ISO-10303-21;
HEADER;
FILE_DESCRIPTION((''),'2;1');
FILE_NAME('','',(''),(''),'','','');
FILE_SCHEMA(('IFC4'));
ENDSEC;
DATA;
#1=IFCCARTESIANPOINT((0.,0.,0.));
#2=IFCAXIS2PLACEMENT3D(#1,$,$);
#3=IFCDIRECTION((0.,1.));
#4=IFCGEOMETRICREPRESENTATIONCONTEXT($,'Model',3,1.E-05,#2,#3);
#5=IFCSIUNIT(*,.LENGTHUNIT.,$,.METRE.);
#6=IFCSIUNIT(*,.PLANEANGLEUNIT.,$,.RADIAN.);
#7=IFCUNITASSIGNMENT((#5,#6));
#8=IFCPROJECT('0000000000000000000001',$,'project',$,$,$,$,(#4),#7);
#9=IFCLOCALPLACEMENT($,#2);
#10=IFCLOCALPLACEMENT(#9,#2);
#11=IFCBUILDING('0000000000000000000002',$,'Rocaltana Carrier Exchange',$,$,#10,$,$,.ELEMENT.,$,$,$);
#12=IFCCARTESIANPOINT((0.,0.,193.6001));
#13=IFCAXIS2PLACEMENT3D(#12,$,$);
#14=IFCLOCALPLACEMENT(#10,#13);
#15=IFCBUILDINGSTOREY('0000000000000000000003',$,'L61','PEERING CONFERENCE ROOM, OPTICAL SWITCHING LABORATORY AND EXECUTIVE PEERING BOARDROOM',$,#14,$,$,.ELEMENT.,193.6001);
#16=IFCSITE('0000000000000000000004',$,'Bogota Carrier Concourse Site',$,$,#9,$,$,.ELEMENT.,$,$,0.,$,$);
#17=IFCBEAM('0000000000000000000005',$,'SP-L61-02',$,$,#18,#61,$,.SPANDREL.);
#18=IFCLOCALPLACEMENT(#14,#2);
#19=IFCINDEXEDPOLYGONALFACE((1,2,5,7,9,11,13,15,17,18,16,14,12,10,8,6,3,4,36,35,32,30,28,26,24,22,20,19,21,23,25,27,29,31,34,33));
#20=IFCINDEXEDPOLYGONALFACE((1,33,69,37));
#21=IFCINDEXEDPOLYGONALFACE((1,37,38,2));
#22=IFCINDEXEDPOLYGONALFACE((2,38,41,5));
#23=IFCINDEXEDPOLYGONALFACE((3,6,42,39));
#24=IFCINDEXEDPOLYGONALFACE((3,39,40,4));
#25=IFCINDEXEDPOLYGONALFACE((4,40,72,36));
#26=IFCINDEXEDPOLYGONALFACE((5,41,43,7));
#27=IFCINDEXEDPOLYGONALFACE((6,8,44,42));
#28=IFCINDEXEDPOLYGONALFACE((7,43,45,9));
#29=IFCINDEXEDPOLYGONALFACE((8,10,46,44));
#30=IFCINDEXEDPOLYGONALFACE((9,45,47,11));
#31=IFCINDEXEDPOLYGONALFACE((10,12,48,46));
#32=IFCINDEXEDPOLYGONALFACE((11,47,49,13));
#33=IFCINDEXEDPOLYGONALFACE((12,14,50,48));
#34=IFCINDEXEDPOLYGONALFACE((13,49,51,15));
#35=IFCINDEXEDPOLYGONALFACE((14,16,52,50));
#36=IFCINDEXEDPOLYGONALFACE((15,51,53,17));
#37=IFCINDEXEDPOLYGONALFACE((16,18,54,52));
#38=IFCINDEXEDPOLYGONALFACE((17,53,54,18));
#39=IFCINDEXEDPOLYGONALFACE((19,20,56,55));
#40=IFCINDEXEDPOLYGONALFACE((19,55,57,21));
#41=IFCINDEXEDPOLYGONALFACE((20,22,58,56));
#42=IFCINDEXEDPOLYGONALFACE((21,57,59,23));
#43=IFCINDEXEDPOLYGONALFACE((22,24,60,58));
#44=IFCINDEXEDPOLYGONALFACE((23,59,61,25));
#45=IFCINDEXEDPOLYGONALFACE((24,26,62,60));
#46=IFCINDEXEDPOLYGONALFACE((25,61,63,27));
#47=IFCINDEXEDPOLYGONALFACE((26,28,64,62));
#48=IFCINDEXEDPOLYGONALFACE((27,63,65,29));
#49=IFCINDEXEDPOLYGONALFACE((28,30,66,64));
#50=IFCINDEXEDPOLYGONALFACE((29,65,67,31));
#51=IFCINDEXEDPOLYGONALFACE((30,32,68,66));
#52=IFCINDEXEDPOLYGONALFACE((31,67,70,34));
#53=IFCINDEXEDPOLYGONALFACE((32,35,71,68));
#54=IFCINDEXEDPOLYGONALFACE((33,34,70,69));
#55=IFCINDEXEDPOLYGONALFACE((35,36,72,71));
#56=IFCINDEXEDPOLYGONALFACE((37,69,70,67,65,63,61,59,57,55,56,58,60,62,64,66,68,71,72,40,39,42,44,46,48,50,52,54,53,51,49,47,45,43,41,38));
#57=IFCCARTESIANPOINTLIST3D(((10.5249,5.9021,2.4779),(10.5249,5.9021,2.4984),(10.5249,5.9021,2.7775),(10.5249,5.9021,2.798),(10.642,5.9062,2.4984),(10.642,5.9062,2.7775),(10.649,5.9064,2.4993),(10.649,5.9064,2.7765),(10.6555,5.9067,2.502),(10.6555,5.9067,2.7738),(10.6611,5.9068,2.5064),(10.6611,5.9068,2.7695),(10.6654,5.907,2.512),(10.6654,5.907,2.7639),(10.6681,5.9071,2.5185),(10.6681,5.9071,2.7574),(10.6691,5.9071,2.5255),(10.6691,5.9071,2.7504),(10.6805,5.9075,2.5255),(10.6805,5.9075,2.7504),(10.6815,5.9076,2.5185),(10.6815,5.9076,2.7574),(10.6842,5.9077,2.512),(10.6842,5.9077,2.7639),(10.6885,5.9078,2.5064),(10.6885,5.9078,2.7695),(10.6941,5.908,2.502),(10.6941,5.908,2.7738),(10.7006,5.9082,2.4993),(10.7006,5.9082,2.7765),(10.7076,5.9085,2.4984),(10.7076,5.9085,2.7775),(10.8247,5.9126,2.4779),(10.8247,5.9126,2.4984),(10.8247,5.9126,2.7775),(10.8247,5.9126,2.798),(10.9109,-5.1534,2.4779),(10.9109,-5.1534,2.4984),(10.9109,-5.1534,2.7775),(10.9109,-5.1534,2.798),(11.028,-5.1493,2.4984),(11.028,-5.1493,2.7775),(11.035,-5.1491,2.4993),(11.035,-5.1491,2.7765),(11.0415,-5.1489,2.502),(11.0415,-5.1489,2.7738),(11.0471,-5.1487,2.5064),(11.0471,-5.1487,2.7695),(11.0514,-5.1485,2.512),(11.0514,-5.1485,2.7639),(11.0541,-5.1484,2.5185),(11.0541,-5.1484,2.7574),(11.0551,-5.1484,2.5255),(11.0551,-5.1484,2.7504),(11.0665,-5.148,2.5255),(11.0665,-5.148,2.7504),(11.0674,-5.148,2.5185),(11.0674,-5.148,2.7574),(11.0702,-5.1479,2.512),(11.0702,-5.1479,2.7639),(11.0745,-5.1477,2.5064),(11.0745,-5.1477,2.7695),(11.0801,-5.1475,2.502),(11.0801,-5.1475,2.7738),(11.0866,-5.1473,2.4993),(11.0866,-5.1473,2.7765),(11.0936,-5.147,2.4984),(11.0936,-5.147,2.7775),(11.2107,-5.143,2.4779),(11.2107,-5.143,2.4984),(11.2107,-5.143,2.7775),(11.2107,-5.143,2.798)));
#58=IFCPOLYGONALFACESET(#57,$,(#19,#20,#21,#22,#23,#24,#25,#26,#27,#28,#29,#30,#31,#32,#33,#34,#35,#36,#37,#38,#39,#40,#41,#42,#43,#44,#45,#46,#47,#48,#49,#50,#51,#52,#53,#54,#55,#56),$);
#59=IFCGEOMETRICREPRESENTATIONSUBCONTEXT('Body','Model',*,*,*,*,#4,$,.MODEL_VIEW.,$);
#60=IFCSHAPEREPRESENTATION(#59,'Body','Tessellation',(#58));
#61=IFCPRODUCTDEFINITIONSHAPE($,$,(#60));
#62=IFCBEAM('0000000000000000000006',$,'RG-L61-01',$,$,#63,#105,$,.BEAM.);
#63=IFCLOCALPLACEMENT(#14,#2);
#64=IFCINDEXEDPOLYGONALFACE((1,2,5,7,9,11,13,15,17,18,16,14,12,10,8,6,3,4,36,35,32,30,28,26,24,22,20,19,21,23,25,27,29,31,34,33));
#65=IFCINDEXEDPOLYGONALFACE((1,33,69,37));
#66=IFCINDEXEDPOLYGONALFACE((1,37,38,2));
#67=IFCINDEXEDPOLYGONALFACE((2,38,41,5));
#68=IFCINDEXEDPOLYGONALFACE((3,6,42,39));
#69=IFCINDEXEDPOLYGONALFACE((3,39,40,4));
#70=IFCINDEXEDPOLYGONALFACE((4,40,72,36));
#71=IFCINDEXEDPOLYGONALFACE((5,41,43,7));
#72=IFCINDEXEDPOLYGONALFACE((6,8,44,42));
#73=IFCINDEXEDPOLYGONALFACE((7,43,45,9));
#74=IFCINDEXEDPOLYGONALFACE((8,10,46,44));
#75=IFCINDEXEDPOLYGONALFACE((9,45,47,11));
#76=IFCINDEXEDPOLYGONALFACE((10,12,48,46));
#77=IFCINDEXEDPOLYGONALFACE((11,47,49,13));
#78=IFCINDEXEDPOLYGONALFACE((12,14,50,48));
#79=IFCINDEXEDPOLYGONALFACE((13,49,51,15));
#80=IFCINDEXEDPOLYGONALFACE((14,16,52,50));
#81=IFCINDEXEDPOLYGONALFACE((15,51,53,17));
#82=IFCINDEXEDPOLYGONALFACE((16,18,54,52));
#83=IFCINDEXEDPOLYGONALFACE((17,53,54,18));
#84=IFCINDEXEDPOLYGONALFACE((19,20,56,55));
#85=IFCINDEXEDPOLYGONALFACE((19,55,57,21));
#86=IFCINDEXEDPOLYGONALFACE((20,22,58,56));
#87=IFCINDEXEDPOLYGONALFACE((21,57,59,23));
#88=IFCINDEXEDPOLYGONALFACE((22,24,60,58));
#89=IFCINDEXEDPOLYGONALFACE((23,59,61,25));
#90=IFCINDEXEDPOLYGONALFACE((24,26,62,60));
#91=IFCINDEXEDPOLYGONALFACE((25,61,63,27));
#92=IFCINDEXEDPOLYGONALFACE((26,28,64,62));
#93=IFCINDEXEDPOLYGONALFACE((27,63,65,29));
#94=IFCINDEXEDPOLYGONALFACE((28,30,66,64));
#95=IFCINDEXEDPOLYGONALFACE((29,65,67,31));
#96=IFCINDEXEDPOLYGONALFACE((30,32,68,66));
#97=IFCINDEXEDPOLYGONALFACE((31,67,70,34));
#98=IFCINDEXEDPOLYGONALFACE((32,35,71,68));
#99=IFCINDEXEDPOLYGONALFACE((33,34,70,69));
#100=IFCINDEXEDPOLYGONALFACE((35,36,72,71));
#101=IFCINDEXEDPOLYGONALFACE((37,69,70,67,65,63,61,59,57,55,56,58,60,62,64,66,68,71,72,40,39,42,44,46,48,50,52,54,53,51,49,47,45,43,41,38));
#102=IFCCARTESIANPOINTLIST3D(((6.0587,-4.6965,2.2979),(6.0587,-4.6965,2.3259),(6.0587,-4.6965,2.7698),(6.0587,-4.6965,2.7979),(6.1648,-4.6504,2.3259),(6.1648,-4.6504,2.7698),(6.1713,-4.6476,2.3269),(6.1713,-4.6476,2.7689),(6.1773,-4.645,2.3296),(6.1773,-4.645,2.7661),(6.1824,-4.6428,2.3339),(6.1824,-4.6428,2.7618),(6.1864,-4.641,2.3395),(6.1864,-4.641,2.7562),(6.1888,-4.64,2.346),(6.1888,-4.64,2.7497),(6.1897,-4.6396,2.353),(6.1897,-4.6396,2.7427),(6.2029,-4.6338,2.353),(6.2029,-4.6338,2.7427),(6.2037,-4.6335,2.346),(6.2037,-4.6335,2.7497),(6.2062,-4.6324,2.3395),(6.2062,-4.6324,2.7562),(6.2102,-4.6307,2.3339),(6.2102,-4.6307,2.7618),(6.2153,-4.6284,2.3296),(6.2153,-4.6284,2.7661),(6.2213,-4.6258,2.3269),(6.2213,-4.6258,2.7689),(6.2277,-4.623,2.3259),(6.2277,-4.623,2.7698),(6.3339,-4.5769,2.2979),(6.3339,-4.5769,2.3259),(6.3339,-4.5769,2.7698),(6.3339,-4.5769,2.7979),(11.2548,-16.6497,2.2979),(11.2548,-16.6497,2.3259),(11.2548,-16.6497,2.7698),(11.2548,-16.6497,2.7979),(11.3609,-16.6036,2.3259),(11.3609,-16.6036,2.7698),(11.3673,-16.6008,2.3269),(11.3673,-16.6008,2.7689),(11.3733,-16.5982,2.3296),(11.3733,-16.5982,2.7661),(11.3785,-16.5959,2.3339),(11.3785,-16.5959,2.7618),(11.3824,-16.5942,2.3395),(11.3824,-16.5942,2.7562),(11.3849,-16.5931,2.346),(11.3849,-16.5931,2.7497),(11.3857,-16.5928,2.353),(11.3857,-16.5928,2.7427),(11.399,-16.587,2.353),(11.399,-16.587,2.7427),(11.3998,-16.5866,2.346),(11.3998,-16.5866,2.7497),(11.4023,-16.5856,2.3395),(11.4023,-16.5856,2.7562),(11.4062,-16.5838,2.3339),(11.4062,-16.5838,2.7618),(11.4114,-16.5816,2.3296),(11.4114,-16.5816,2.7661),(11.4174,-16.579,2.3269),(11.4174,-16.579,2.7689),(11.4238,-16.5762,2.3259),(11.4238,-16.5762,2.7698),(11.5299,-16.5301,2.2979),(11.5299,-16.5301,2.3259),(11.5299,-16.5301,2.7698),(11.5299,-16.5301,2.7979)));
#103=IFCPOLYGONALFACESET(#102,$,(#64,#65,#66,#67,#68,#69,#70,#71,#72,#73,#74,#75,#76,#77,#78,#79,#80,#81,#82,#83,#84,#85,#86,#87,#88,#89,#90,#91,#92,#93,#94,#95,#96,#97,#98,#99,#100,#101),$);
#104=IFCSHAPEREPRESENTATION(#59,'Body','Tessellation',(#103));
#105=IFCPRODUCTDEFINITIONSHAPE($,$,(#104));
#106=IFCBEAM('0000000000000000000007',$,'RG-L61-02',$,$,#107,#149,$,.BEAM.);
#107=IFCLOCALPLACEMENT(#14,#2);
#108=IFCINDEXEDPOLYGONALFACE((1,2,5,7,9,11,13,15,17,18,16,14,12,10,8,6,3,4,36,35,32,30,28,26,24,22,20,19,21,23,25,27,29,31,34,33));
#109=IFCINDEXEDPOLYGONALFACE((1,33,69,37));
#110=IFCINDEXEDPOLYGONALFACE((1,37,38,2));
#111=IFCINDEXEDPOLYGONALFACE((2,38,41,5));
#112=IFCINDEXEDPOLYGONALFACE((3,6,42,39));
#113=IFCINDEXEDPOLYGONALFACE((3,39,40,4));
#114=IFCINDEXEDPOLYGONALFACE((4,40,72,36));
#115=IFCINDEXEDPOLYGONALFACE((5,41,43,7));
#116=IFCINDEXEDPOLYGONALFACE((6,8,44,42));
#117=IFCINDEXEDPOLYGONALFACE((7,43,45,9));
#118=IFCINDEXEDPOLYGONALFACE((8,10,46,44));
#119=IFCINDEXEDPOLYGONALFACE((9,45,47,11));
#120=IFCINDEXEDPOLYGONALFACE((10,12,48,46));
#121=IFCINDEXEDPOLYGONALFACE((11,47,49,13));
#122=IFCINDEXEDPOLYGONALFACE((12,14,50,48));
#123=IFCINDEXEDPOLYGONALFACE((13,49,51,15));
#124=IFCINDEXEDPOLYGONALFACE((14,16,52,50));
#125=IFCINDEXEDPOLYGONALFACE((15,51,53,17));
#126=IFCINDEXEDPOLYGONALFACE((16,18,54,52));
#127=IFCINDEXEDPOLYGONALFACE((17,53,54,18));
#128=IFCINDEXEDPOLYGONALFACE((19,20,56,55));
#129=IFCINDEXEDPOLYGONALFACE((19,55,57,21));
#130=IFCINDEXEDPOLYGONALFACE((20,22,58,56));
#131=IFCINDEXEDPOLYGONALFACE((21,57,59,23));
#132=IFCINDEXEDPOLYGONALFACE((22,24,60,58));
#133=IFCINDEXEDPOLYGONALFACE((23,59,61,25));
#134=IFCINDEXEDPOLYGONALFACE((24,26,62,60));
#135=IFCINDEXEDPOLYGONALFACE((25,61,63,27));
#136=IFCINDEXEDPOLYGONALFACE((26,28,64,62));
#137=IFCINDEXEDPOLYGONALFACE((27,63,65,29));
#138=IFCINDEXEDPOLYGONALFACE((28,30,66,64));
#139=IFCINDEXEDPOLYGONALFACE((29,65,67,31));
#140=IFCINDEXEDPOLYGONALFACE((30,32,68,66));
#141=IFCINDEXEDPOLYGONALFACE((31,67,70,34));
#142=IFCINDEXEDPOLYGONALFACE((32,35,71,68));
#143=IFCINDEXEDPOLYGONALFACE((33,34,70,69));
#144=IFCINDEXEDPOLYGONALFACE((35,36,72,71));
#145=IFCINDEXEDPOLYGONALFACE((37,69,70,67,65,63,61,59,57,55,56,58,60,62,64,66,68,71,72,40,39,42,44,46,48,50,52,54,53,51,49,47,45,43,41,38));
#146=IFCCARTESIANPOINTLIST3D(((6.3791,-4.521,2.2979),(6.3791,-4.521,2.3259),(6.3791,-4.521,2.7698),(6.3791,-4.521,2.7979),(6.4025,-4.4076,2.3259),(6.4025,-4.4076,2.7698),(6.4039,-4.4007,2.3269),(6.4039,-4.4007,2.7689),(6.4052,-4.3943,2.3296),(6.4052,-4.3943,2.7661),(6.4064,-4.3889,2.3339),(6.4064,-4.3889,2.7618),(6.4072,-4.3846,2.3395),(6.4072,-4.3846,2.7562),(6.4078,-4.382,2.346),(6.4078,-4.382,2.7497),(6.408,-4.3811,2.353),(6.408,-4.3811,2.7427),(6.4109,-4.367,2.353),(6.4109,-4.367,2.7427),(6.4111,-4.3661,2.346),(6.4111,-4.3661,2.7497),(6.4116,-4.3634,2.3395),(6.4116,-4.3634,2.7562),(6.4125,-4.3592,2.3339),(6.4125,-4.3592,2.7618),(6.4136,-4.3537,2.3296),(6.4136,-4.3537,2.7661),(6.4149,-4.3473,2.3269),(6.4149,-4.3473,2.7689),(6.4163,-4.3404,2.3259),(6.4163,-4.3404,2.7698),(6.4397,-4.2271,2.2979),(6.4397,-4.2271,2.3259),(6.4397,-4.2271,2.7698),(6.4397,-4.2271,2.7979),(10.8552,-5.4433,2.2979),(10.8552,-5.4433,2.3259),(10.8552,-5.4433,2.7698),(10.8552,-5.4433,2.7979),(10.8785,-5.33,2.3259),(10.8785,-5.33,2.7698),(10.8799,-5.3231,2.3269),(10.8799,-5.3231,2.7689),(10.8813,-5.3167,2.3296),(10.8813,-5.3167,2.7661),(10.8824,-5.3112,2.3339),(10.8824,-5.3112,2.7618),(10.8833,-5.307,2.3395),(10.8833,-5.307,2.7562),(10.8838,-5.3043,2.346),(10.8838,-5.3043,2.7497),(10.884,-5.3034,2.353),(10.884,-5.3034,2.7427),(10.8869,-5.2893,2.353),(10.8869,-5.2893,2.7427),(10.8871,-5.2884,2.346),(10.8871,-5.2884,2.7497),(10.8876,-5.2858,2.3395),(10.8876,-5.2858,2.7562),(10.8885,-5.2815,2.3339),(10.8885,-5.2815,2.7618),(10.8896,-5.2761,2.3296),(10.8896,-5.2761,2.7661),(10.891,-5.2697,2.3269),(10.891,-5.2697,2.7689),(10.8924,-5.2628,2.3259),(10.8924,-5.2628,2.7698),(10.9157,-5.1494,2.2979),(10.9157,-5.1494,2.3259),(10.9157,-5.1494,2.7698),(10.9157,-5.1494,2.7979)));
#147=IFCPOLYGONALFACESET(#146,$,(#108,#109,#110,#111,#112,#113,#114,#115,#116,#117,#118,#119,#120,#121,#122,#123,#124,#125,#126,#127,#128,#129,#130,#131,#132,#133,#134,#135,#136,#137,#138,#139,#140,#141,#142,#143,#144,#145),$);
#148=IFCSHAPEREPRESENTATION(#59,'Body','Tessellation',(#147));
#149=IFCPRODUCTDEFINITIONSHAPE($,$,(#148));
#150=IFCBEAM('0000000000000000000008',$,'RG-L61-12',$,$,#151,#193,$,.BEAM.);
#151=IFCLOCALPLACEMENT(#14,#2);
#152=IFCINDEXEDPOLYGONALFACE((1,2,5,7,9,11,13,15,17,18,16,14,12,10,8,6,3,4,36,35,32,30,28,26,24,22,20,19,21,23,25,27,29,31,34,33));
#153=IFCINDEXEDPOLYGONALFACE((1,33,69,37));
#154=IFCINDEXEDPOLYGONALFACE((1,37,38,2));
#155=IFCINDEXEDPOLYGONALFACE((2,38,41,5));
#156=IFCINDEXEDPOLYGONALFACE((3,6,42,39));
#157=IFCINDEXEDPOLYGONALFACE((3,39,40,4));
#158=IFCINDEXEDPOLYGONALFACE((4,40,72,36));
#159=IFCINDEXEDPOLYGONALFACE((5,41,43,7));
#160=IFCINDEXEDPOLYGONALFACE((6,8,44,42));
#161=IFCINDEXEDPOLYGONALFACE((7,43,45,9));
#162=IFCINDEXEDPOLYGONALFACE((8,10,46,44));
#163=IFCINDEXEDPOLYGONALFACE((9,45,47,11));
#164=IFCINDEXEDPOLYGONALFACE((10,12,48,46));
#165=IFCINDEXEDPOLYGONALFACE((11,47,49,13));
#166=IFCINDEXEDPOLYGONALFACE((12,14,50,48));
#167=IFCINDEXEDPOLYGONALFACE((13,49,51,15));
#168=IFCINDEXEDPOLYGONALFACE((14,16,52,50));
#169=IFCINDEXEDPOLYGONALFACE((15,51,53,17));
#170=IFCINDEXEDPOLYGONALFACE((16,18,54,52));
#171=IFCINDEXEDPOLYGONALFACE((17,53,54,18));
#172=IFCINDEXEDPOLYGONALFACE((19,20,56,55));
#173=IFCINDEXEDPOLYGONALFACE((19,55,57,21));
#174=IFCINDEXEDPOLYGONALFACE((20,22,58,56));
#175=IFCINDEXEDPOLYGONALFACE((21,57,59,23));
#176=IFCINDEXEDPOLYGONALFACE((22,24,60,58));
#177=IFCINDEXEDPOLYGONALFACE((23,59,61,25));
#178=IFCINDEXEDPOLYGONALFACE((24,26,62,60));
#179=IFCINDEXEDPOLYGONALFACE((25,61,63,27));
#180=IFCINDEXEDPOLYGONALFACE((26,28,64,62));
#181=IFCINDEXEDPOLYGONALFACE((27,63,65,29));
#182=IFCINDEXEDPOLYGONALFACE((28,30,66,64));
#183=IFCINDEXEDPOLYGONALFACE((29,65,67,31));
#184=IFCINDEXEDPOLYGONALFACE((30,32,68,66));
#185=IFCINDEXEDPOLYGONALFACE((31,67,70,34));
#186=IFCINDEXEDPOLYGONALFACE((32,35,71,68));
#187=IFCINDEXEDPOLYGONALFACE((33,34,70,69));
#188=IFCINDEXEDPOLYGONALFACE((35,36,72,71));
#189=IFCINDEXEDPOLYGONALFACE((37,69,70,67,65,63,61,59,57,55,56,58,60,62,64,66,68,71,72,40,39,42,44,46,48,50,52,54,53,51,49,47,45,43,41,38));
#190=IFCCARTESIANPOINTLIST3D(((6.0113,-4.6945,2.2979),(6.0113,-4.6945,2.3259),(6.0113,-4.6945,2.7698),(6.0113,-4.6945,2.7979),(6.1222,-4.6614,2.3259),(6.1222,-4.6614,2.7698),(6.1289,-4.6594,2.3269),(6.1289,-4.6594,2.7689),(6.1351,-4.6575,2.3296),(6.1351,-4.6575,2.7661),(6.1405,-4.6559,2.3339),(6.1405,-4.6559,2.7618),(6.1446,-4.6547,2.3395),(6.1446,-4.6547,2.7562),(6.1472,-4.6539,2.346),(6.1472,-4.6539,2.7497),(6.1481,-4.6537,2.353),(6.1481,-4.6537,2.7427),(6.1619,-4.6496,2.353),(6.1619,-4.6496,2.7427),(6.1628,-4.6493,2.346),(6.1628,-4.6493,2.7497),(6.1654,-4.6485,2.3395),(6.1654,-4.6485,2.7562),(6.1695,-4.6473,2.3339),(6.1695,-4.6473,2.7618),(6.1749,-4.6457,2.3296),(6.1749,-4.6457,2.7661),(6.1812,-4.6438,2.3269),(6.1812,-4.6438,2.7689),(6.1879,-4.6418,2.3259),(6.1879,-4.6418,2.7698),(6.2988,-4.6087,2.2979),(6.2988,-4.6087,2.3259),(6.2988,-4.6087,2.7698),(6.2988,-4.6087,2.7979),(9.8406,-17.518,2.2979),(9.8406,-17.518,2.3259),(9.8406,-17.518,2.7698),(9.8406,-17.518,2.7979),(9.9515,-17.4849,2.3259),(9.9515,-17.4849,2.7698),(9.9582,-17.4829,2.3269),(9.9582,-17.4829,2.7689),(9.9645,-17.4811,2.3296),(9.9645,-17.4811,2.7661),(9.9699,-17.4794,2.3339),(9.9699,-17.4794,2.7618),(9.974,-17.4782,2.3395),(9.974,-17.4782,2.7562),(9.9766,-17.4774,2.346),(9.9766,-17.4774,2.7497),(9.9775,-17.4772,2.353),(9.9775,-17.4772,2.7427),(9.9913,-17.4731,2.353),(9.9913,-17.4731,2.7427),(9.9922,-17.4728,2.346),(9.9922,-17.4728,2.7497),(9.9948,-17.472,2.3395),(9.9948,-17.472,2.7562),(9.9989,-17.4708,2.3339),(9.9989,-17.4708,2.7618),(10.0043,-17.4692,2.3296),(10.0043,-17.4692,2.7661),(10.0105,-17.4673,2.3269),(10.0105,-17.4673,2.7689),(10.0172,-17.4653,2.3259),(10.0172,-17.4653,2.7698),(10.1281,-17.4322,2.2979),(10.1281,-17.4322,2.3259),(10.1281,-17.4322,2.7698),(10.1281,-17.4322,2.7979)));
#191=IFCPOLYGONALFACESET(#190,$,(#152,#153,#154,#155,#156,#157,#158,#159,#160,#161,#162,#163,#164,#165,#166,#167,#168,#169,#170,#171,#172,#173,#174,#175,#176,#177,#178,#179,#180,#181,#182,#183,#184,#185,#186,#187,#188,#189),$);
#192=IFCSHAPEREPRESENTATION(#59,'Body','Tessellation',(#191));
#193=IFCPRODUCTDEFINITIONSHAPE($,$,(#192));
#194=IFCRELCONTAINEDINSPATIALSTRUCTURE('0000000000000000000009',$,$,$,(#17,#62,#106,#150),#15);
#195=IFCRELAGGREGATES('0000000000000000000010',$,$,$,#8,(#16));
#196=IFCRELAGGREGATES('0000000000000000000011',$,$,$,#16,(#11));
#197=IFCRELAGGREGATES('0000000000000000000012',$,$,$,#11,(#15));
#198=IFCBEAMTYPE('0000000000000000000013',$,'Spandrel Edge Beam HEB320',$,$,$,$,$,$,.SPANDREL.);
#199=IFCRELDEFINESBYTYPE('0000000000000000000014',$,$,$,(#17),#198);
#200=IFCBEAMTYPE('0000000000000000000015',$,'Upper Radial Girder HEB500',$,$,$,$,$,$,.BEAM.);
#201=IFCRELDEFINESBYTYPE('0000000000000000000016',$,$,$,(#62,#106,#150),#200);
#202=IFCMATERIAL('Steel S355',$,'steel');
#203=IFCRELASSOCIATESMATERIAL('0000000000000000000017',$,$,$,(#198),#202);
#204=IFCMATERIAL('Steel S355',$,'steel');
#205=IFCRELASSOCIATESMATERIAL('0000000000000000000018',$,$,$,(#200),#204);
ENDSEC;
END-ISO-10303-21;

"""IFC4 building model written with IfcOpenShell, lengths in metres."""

from ifc_helpers import new_model, si_unit, direction, frame, origin, origin_2d, place, context, subcontext, project, spatial, i_section, extrude, material, material_profile, profile_set, type_object, element, save


model = new_model("IFC4")

# Units and contexts
model_context = context("Model", 3, precision=1e-05, world=origin(), true_north=direction((0.0, 1.0)))
body_context = subcontext(model_context, "Body", "Model", "MODEL_VIEW")
ifc_project = project(units=[si_unit("LENGTHUNIT", "METRE"), si_unit("PLANEANGLEUNIT", "RADIAN")], contexts=[model_context])

# Site, building, storey
site_placement = place(None, origin())
site = spatial("IfcSite", under=ifc_project, at=site_placement, Name="Bogota Carrier Concourse Site", CompositionType="ELEMENT", RefElevation=0.0)
building_placement = place(site_placement, origin())
building = spatial("IfcBuilding", under=site, at=building_placement, Name="Rocaltana Carrier Exchange", CompositionType="ELEMENT")
storey_placement = place(building_placement, frame((0.0, 0.0, 193.6001)))
storey = spatial("IfcBuildingStorey", under=building, at=storey_placement, Name="L61", Description="PEERING CONFERENCE ROOM, OPTICAL SWITCHING LABORATORY AND EXECUTIVE PEERING BOARDROOM", CompositionType="ELEMENT", Elevation=193.6001)

# Beams
ifc_material_1 = material(Name="Steel S355", Category="steel")
ifc_material_profile_1 = material_profile(ifc_material_1, i_section(OverallWidth=0.3, OverallDepth=0.3201, WebThickness=0.0115, FlangeThickness=0.0205, FilletRadius=0.0271, at=origin_2d()), Name="HEB320")
ifc_profile_set_1 = profile_set([ifc_material_profile_1], Name="Steel S355")
beam_type_1 = type_object("IfcBeamType", Name="Spandrel Edge Beam HEB320", PredefinedType="SPANDREL", material=ifc_profile_set_1)
beam_1_placement = place(storey_placement, frame((11.0608, -5.1482, 2.6379), z_axis=(-0.034893, 0.999391, 0.0), x_axis=(-0.999391, -0.034893, 0.0)))
element("IfcBeam", 1, at=beam_1_placement, inside=storey, type_object=beam_type_1, Name="SP-L61-02", PredefinedType="SPANDREL", context=body_context, shape_type="SweptSolid", body=[
    extrude(i_section(OverallWidth=0.3, OverallDepth=0.3201, WebThickness=0.0115, FlangeThickness=0.0205, FilletRadius=0.0271, at=origin_2d()), origin(), (0.0, 0.0, 1.0), 11.0623),
])
ifc_material_2 = material(Name="Steel S355", Category="steel")
ifc_material_profile_2 = material_profile(ifc_material_2, i_section(OverallWidth=0.3, OverallDepth=0.5, WebThickness=0.0144, FlangeThickness=0.0281, FilletRadius=0.0271, at=origin_2d()), Name="HEB500")
ifc_profile_set_2 = profile_set([ifc_material_profile_2], Name="Steel S355")
beam_type_2 = type_object("IfcBeamType", Name="Upper Radial Girder HEB500", PredefinedType="BEAM", material=ifc_profile_set_2)
beam_2_placement = place(storey_placement, frame((6.1963, -4.6367, 2.5479), z_axis=(0.398664, -0.917097, 0.0), x_axis=(0.917097, 0.398664, 0.0)))
element("IfcBeam", 2, at=beam_2_placement, inside=storey, type_object=beam_type_2, Name="RG-L61-01", PredefinedType="BEAM", context=body_context, shape_type="SweptSolid", body=[
    extrude(i_section(OverallWidth=0.3, OverallDepth=0.5, WebThickness=0.0144, FlangeThickness=0.0281, FilletRadius=0.0271, at=origin_2d()), origin(), (0.0, 0.0, 1.0), 13.0337),
])
beam_3_placement = place(storey_placement, frame((6.4094, -4.374, 2.5479), z_axis=(0.979422, -0.201825, 0.0), x_axis=(0.201825, 0.979422, 0.0)))
element("IfcBeam", 3, at=beam_3_placement, inside=storey, type_object=beam_type_2, Name="RG-L61-02", PredefinedType="BEAM", context=body_context, shape_type="SweptSolid", body=[
    extrude(i_section(OverallWidth=0.3, OverallDepth=0.5, WebThickness=0.0144, FlangeThickness=0.0281, FilletRadius=0.0271, at=origin_2d()), origin(), (0.0, 0.0, 1.0), 4.5701),
])
beam_4_placement = place(storey_placement, frame((6.155, -4.6516, 2.5479), z_axis=(0.286134, -0.95819, 0.0), x_axis=(0.95819, 0.286134, 0.0)))
element("IfcBeam", 4, at=beam_4_placement, inside=storey, type_object=beam_type_2, Name="RG-L61-12", PredefinedType="BEAM", context=body_context, shape_type="SweptSolid", body=[
    extrude(i_section(OverallWidth=0.3, OverallDepth=0.5, WebThickness=0.0144, FlangeThickness=0.0281, FilletRadius=0.0271, at=origin_2d()), origin(), (0.0, 0.0, 1.0), 13.3831),
])

save(model, "model.ifc")
